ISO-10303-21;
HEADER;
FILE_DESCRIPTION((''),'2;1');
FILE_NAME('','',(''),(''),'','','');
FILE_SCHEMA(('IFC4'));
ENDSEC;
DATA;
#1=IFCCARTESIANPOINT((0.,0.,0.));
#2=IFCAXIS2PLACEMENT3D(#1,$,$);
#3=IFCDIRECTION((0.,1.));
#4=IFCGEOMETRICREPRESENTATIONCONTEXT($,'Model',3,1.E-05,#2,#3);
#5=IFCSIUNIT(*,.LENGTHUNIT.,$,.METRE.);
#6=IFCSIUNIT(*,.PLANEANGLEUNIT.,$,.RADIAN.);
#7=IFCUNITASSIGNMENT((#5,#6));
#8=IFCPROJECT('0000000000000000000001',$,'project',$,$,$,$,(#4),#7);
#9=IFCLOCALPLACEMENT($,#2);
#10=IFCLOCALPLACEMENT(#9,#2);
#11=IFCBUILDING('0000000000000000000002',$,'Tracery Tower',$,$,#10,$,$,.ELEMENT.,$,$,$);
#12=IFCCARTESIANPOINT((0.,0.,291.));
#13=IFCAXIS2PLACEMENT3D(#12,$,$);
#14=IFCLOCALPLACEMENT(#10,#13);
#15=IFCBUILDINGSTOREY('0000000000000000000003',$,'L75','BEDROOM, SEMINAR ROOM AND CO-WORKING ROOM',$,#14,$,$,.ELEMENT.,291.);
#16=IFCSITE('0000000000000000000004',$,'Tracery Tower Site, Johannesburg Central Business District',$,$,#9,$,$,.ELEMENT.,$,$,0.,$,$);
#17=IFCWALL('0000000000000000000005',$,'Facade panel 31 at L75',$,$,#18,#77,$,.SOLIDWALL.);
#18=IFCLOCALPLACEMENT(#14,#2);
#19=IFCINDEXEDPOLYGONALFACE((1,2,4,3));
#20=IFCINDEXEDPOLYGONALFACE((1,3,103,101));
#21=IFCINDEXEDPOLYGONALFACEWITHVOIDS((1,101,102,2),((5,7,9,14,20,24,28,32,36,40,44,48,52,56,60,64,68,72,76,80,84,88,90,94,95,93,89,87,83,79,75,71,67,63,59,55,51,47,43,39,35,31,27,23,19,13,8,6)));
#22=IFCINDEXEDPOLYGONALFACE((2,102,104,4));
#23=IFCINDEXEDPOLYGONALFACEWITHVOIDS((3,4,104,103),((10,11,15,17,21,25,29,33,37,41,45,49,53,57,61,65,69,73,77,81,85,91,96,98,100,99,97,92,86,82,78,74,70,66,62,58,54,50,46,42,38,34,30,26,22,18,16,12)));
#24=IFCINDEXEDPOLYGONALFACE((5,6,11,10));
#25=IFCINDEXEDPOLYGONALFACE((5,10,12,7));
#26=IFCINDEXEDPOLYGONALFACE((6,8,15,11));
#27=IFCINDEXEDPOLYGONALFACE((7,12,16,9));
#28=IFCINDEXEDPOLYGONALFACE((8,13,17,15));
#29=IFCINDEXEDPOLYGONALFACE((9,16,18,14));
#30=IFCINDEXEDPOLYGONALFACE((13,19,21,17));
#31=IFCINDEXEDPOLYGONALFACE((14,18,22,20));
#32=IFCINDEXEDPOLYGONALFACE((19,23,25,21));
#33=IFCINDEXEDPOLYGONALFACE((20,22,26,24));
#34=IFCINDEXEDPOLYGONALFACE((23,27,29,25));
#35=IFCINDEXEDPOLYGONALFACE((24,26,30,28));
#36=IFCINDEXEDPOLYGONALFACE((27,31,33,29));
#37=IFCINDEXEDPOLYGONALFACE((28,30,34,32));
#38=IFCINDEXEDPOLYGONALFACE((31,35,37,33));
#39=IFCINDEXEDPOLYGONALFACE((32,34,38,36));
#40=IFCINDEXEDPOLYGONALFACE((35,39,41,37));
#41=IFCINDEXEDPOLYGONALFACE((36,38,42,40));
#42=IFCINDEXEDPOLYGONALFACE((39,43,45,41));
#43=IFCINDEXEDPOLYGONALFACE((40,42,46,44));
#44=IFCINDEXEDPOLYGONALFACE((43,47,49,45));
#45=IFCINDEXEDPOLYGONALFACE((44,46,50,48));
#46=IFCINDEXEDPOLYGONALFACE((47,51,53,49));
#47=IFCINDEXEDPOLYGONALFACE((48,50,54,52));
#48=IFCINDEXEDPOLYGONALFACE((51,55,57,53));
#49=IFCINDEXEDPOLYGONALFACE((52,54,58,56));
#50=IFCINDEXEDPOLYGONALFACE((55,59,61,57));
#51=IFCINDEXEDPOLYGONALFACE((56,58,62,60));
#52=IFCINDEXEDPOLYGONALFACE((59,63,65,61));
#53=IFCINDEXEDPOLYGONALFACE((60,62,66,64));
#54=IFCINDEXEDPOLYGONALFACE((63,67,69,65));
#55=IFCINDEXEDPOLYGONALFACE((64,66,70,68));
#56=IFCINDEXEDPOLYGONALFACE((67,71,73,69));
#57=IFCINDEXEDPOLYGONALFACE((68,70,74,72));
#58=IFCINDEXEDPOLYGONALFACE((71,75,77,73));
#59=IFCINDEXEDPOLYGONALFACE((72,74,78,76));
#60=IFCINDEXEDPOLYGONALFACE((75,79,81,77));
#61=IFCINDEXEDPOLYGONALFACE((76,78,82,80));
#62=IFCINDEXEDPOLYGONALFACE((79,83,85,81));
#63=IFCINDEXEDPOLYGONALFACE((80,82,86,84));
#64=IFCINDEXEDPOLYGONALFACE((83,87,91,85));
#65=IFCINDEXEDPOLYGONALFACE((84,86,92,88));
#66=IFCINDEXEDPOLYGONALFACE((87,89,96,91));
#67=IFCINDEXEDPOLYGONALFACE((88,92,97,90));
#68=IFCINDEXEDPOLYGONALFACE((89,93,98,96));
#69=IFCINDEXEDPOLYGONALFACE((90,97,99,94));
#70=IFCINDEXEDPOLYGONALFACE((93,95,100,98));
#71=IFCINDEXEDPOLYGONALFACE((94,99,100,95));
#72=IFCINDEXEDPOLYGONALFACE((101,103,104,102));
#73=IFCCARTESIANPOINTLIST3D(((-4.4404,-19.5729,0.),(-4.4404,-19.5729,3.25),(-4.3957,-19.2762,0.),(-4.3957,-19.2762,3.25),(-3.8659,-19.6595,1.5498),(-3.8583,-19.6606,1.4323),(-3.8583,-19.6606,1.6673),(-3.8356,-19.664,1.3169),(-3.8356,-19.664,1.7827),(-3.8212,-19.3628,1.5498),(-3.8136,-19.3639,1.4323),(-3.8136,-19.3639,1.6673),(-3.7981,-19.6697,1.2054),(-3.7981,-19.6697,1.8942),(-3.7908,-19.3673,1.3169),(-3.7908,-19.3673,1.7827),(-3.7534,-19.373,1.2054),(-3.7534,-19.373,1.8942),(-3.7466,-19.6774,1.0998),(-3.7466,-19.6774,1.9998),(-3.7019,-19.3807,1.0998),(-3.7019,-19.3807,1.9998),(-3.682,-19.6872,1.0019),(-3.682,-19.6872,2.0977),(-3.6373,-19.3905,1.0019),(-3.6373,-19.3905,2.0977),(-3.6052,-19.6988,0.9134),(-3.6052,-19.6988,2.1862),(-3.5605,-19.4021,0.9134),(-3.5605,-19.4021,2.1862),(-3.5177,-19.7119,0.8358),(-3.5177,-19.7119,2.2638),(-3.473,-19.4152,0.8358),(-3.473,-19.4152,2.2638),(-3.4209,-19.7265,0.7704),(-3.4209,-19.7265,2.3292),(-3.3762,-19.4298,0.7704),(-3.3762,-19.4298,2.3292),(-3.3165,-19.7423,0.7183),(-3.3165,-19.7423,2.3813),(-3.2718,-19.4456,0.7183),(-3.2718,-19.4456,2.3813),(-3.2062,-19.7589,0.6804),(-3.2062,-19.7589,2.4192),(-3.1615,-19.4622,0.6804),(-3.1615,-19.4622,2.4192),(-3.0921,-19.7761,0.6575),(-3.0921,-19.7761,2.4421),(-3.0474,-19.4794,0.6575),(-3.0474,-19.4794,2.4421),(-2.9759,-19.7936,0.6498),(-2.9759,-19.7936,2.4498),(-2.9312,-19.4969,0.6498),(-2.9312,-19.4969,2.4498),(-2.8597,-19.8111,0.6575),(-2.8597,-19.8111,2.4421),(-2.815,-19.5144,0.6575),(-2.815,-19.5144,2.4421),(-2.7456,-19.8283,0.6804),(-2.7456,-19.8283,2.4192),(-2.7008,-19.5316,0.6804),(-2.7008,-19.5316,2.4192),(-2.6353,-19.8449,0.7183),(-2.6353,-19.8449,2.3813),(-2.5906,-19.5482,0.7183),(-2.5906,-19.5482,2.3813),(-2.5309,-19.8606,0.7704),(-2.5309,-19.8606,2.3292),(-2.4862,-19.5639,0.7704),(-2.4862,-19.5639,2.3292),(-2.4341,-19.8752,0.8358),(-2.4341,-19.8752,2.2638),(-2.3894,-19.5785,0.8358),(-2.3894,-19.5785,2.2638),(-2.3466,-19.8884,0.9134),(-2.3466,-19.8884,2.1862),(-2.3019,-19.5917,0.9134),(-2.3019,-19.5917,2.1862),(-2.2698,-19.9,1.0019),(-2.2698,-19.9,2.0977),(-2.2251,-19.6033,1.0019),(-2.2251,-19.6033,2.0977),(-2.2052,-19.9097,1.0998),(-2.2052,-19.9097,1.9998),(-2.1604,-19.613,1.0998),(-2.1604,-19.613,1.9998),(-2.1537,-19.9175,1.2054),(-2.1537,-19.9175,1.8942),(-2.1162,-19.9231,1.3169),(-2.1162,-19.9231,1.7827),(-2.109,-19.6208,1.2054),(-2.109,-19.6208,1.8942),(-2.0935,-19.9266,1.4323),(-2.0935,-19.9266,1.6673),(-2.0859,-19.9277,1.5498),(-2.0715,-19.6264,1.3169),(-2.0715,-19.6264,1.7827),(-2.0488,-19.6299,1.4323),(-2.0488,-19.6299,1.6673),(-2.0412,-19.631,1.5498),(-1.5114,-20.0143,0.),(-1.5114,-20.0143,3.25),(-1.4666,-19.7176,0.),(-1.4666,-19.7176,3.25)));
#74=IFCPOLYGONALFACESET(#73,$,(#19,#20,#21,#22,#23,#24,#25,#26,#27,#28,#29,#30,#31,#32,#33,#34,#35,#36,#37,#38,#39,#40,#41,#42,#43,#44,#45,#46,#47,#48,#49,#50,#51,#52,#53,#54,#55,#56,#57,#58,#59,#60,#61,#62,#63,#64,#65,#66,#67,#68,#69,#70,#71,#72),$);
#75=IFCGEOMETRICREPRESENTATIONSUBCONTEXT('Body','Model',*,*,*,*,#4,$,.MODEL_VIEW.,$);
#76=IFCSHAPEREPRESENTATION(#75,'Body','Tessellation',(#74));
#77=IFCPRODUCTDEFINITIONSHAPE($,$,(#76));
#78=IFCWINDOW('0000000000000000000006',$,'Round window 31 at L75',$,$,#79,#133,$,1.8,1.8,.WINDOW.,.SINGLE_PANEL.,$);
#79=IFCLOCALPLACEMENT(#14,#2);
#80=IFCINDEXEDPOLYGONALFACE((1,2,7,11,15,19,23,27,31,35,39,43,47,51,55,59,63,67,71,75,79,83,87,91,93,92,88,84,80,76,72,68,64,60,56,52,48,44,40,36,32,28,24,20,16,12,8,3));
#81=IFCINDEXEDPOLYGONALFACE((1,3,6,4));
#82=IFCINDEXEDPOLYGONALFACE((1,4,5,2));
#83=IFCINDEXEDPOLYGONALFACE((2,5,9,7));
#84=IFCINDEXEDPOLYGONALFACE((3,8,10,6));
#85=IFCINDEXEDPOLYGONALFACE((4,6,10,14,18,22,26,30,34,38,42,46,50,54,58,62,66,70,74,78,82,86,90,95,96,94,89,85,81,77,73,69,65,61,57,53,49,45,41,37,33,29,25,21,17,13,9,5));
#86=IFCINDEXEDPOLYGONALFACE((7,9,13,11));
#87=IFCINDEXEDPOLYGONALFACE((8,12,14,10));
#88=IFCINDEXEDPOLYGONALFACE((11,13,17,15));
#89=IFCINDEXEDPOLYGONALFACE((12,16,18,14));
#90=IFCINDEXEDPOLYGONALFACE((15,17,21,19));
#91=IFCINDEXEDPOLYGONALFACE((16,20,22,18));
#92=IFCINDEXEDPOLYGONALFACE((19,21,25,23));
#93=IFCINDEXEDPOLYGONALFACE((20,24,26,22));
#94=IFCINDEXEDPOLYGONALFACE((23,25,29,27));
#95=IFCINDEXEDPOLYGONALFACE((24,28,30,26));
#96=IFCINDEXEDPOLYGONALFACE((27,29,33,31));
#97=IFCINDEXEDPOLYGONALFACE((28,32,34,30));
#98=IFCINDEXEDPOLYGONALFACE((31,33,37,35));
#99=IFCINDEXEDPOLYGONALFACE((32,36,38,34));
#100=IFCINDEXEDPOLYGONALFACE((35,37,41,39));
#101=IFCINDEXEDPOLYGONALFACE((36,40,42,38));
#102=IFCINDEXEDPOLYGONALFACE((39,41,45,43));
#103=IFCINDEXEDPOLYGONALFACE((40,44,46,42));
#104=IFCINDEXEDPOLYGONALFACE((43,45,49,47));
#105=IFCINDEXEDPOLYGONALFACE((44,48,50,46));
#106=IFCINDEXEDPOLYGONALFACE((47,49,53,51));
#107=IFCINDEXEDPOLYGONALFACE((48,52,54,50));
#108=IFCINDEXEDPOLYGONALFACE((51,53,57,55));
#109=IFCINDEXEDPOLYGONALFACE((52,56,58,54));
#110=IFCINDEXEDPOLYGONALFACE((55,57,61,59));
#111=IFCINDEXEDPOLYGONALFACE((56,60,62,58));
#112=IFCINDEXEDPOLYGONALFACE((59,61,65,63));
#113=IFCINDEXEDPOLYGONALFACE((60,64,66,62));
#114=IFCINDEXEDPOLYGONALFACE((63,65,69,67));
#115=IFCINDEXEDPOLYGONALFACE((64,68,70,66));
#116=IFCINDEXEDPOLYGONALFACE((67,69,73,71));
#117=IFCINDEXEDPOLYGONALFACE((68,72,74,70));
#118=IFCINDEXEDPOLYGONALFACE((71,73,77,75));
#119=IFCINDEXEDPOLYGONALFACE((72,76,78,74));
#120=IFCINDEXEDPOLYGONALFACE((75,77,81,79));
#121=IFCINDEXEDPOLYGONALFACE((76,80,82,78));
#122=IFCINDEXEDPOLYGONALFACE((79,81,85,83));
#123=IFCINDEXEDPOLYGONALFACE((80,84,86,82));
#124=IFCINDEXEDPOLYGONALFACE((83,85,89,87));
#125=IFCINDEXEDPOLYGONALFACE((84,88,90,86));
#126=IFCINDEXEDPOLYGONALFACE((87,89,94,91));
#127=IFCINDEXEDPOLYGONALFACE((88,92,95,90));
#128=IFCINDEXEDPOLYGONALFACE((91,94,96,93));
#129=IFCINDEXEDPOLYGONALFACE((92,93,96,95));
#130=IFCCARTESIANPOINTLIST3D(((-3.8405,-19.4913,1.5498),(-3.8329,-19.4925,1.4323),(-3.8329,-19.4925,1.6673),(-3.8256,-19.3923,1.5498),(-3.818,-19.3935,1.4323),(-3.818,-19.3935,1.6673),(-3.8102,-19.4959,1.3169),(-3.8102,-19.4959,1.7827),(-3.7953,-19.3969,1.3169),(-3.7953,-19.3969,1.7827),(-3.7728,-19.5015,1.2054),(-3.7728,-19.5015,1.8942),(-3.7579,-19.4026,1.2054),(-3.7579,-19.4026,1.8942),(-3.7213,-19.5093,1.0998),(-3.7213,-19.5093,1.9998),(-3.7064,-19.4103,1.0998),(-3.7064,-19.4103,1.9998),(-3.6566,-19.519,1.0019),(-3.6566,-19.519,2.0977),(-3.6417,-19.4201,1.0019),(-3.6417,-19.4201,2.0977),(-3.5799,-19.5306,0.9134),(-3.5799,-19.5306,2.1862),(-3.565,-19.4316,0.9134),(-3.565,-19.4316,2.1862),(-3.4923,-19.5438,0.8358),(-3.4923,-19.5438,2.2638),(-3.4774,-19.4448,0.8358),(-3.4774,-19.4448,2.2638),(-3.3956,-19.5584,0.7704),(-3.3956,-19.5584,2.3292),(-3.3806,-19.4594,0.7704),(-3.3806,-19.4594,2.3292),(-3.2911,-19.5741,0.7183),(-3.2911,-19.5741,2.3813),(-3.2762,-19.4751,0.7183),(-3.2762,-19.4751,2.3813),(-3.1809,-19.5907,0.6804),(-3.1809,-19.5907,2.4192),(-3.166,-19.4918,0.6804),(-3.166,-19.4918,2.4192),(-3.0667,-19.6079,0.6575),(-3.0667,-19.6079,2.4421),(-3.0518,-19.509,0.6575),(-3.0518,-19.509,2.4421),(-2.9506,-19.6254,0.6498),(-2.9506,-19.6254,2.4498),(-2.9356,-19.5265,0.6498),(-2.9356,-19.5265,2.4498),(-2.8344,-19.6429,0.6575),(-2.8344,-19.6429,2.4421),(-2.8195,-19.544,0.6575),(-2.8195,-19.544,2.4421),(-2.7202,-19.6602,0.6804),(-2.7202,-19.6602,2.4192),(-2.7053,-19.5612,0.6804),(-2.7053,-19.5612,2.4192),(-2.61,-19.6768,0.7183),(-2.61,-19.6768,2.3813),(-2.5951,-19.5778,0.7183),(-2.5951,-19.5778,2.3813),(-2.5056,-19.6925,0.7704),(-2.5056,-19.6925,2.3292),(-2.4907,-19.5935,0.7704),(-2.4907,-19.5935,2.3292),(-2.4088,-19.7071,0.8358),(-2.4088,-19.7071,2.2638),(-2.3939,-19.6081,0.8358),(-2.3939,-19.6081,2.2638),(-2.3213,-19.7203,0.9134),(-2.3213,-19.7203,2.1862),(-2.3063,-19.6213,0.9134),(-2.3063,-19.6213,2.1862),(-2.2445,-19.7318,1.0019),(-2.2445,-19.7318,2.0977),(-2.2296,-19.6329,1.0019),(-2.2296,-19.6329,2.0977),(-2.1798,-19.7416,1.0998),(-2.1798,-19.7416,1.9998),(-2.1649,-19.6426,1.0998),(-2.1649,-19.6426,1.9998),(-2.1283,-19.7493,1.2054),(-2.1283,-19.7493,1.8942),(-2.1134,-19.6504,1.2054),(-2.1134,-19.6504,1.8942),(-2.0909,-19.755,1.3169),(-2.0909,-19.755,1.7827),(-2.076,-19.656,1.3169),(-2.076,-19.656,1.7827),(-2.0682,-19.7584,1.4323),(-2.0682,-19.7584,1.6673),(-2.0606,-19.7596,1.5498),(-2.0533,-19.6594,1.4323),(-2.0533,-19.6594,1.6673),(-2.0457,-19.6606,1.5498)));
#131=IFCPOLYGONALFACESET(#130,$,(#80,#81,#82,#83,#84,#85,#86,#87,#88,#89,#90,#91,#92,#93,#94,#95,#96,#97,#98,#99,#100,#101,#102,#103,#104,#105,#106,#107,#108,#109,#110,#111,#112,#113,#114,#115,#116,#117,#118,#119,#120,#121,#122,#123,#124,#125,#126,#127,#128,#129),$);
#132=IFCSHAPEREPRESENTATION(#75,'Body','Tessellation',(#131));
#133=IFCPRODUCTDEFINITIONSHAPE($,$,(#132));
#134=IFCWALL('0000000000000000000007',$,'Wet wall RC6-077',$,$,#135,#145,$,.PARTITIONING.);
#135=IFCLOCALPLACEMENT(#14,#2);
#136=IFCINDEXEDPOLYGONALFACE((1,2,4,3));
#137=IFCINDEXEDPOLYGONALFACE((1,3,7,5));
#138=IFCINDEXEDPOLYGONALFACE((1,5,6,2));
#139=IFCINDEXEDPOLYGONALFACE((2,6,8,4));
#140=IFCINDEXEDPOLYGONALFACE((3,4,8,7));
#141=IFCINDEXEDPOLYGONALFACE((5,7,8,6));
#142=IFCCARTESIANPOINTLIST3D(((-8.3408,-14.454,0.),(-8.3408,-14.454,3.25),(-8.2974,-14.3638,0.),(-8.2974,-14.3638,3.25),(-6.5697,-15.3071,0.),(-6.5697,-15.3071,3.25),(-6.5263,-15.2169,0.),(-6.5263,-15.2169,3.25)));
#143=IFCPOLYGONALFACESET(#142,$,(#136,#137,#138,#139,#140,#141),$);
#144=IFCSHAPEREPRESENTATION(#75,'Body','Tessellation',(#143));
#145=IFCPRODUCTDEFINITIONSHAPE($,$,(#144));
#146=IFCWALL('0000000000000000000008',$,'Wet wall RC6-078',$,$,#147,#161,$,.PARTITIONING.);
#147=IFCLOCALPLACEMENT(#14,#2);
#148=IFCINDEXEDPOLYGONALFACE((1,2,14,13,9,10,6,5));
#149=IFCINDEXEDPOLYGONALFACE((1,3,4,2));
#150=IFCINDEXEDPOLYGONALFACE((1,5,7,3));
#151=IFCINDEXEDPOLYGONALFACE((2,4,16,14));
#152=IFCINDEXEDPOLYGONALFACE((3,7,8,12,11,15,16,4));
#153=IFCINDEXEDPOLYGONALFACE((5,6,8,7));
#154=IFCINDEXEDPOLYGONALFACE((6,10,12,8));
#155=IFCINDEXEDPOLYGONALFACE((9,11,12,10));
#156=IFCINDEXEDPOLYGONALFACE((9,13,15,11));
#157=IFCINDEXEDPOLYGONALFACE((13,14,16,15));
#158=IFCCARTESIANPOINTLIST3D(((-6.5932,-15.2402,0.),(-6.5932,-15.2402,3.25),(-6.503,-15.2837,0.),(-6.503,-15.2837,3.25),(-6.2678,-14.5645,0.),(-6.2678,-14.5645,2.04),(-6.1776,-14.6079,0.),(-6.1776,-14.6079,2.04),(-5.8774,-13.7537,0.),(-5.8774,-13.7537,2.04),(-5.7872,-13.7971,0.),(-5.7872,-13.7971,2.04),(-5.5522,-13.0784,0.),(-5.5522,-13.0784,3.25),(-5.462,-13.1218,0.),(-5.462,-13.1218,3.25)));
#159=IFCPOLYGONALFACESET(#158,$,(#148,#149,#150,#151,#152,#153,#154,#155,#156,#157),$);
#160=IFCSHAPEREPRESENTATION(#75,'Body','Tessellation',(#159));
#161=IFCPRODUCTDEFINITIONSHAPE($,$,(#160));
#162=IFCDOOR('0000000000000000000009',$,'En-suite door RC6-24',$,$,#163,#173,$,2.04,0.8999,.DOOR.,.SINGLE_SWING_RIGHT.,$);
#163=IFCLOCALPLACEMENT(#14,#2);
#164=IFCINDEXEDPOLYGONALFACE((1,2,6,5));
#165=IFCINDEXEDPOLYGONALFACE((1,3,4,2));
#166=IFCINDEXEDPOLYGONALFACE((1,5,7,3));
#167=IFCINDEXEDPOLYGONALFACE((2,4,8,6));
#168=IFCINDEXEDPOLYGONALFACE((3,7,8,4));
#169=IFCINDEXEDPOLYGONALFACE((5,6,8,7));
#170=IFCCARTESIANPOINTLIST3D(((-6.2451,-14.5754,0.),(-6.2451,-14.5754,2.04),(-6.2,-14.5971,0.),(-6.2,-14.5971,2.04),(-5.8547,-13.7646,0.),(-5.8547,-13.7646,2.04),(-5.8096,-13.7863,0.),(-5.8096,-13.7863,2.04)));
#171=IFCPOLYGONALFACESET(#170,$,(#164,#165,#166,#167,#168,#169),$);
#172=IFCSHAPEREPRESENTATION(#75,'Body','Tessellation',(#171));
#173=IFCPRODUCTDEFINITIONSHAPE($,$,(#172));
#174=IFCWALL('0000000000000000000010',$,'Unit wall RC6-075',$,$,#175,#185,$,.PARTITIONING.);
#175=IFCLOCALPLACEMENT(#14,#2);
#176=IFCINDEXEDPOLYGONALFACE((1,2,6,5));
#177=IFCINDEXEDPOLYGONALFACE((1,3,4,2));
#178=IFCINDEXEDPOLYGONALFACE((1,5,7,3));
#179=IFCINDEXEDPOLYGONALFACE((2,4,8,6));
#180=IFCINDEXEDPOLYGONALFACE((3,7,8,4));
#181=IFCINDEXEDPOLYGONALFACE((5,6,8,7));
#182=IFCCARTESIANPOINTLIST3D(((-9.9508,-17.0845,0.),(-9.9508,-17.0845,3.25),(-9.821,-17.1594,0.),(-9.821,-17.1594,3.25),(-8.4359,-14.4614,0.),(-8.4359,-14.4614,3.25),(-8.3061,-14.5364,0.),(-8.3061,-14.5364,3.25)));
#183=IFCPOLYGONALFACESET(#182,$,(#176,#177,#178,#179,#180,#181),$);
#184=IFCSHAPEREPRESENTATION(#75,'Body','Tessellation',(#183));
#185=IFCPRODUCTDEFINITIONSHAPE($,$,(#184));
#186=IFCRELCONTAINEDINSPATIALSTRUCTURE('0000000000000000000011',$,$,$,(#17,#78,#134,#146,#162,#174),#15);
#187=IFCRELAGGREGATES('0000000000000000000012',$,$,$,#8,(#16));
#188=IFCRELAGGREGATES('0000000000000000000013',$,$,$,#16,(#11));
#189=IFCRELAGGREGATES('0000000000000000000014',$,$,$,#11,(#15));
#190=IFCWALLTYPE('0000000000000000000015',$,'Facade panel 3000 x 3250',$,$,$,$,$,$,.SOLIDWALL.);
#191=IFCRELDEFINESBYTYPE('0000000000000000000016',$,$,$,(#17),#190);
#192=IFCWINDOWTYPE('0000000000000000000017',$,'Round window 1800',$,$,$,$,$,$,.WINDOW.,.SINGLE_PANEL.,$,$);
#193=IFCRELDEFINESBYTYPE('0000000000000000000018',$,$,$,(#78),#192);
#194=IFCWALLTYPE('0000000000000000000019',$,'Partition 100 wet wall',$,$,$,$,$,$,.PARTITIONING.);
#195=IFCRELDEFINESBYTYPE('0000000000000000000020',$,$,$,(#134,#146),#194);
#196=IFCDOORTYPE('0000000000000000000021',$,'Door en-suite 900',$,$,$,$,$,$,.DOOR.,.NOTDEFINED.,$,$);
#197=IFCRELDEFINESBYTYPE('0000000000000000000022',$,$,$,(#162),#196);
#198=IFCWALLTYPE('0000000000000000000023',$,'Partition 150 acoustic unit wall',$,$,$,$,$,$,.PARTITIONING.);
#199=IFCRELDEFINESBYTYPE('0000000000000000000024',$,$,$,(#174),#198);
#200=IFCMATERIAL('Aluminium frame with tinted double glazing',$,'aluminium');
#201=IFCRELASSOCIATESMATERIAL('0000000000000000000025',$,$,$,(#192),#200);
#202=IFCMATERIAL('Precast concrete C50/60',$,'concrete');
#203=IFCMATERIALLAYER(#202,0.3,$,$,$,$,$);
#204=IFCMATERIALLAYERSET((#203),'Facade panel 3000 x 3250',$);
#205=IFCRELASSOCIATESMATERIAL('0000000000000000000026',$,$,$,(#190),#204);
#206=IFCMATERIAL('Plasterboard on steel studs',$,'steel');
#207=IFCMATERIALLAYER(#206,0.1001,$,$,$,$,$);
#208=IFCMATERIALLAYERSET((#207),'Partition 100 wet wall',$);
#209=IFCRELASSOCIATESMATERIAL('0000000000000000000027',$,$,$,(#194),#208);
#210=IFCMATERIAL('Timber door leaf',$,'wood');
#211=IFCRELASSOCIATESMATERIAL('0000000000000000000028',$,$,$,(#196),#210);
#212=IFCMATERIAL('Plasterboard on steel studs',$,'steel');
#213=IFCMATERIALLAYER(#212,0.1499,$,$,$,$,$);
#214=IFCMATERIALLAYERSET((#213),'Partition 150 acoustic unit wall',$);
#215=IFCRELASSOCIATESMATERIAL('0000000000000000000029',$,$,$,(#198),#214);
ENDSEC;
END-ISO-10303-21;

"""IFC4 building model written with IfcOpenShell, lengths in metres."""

from ifc_helpers import new_model, si_unit, direction, frame, frame_2d, origin, origin_2d, place, context, subcontext, project, spatial, rectangle, circle, extrude, material, layer, layer_set, type_object, element, fill, save


model = new_model("IFC4")

# Units and contexts
model_context = context("Model", 3, precision=1e-05, world=origin(), true_north=direction((0.0, 1.0)))
body_context = subcontext(model_context, "Body", "Model", "MODEL_VIEW")
ifc_project = project(units=[si_unit("LENGTHUNIT", "METRE"), si_unit("PLANEANGLEUNIT", "RADIAN")], contexts=[model_context])

# Site, building, storey
site_placement = place(None, origin())
site = spatial("IfcSite", under=ifc_project, at=site_placement, Name="Tracery Tower Site, Johannesburg Central Business District", CompositionType="ELEMENT", RefElevation=0.0)
building_placement = place(site_placement, origin())
building = spatial("IfcBuilding", under=site, at=building_placement, Name="Tracery Tower", CompositionType="ELEMENT")
storey_placement = place(building_placement, frame((0.0, 0.0, 291.0)))
storey = spatial("IfcBuildingStorey", under=building, at=storey_placement, Name="L75", Description="BEDROOM, SEMINAR ROOM AND CO-WORKING ROOM", CompositionType="ELEMENT", Elevation=291.0)

# Wall, opening, window
ifc_material_1 = material(Name="Aluminium frame with tinted double glazing", Category="aluminium")
window_type = type_object("IfcWindowType", Name="Round window 1800", PartitioningType="SINGLE_PANEL", PredefinedType="WINDOW", material=ifc_material_1)
ifc_material_2 = material(Name="Precast concrete C50/60", Category="concrete")
ifc_layer_1 = layer(ifc_material_2, 0.3)
ifc_layer_set_1 = layer_set([ifc_layer_1], Name="Facade panel 3000 x 3250")
wall_type_1 = type_object("IfcWallType", Name="Facade panel 3000 x 3250", PredefinedType="SOLIDWALL", material=ifc_layer_set_1)
wall_1_placement = place(storey_placement, frame((-4.418, -19.4246, 0.0), z_axis=(0.0, 0.0, 1.0), x_axis=(0.988836, -0.149009, 0.0)))
wall_1 = element("IfcWall", 1, at=wall_1_placement, inside=storey, type_object=wall_type_1, Name="Facade panel 31 at L75", PredefinedType="SOLIDWALL", context=body_context, shape_type="SweptSolid", body=[
    extrude(rectangle(XDim=2.9622, YDim=0.3, at=frame_2d((1.481, 0.0))), origin(), (0.0, 0.0, 1.0), 3.25),
])
opening_1_placement = place(wall_1_placement, frame((1.481, 0.0, 1.5498)))
opening_1 = element("IfcOpeningElement", 2, at=opening_1_placement, cuts=wall_1, PredefinedType="OPENING", context=body_context, shape_type="SweptSolid", body=[
    extrude(circle(Radius=0.9, at=origin_2d()), frame((0.0, 0.1599, 0.0), z_axis=(0.0, -1.0, 0.0), x_axis=(1.0, 0.0, 0.0)), (0.0, 0.0, 1.0), 0.3201),
])
window_1_placement = place(opening_1_placement, origin())
window_1 = element("IfcWindow", 3, at=window_1_placement, inside=storey, type_object=window_type, Name="Round window 31 at L75", OverallHeight=1.8, OverallWidth=1.8, PartitioningType="SINGLE_PANEL", PredefinedType="WINDOW", context=body_context, shape_type="SweptSolid", body=[
    extrude(circle(Radius=0.9, at=origin_2d()), frame((0.0, 0.1201, 0.0), z_axis=(0.0, -1.0, 0.0), x_axis=(1.0, 0.0, 0.0)), (0.0, 0.0, 1.0), 0.1001),
])
fill(opening_1, window_1)

# Wall
ifc_material_3 = material(Name="Plasterboard on steel studs", Category="steel")
ifc_layer_2 = layer(ifc_material_3, 0.1001)
ifc_layer_set_2 = layer_set([ifc_layer_2], Name="Partition 100 wet wall")
wall_type_2 = type_object("IfcWallType", Name="Partition 100 wet wall", PredefinedType="PARTITIONING", material=ifc_layer_set_2)
wall_2_placement = place(storey_placement, frame((-8.3191, -14.4089, 0.0), z_axis=(0.0, 0.0, 1.0), x_axis=(0.900937, -0.43395, 0.0)))
element("IfcWall", 4, at=wall_2_placement, inside=storey, type_object=wall_type_2, Name="Wet wall RC6-077", PredefinedType="PARTITIONING", context=body_context, shape_type="SweptSolid", body=[
    extrude(rectangle(XDim=1.9658, YDim=0.1001, at=frame_2d((0.9829, 0.0))), origin(), (0.0, 0.0, 1.0), 3.25),
])

# Wall, opening, door
wall_3_placement = place(storey_placement, frame((-6.5481, -15.262, 0.0), z_axis=(0.0, 0.0, 1.0), x_axis=(0.433855, 0.900983, 0.0)))
wall_3 = element("IfcWall", 5, at=wall_3_placement, inside=storey, type_object=wall_type_2, Name="Wet wall RC6-078", PredefinedType="PARTITIONING", context=body_context, shape_type="SweptSolid", body=[
    extrude(rectangle(XDim=2.3994, YDim=0.1001, at=frame_2d((1.1997, 0.0))), origin(), (0.0, 0.0, 1.0), 3.25),
])
opening_2_placement = place(wall_3_placement, frame((0.75, 0.0, 0.0)))
opening_2 = element("IfcOpeningElement", 6, at=opening_2_placement, cuts=wall_3, PredefinedType="OPENING", context=body_context, shape_type="SweptSolid", body=[
    extrude(rectangle(XDim=0.8999, YDim=2.04, at=frame_2d((0.45, 1.02))), frame((0.0, 0.05, 0.0), z_axis=(0.0, -1.0, 0.0), x_axis=(1.0, 0.0, 0.0)), (0.0, 0.0, 1.0), 0.1001),
])
ifc_material_4 = material(Name="Timber door leaf", Category="wood")
door_type_1 = type_object("IfcDoorType", Name="Door en-suite 900", OperationType="NOTDEFINED", PredefinedType="DOOR", material=ifc_material_4)
door_1_placement = place(opening_2_placement, origin())
door_1 = element("IfcDoor", 7, at=door_1_placement, inside=storey, type_object=door_type_1, Name="En-suite door RC6-24", OperationType="SINGLE_SWING_RIGHT", OverallHeight=2.04, OverallWidth=0.8999, PredefinedType="DOOR", context=body_context, shape_type="SweptSolid", body=[
    extrude(rectangle(XDim=0.8999, YDim=2.04, at=frame_2d((0.45, 1.02))), frame((0.0, 0.0249, 0.0), z_axis=(0.0, -1.0, 0.0), x_axis=(1.0, 0.0, 0.0)), (0.0, 0.0, 1.0), 0.05),
])
fill(opening_2, door_1)

# Wall
ifc_material_5 = material(Name="Plasterboard on steel studs", Category="steel")
ifc_layer_3 = layer(ifc_material_5, 0.1499)
ifc_layer_set_3 = layer_set([ifc_layer_3], Name="Partition 150 acoustic unit wall")
wall_type_3 = type_object("IfcWallType", Name="Partition 150 acoustic unit wall", PredefinedType="PARTITIONING", material=ifc_layer_set_3)
wall_4_placement = place(storey_placement, frame((-9.886, -17.1221, 0.0), z_axis=(0.0, 0.0, 1.0), x_axis=(0.500118, 0.865957, 0.0)))
element("IfcWall", 8, at=wall_4_placement, inside=storey, type_object=wall_type_3, Name="Unit wall RC6-075", PredefinedType="PARTITIONING", context=body_context, shape_type="SweptSolid", body=[
    extrude(rectangle(XDim=3.0291, YDim=0.1499, at=frame_2d((1.5146, 0.0))), origin(), (0.0, 0.0, 1.0), 3.25),
])

save(model, "model.ifc")
